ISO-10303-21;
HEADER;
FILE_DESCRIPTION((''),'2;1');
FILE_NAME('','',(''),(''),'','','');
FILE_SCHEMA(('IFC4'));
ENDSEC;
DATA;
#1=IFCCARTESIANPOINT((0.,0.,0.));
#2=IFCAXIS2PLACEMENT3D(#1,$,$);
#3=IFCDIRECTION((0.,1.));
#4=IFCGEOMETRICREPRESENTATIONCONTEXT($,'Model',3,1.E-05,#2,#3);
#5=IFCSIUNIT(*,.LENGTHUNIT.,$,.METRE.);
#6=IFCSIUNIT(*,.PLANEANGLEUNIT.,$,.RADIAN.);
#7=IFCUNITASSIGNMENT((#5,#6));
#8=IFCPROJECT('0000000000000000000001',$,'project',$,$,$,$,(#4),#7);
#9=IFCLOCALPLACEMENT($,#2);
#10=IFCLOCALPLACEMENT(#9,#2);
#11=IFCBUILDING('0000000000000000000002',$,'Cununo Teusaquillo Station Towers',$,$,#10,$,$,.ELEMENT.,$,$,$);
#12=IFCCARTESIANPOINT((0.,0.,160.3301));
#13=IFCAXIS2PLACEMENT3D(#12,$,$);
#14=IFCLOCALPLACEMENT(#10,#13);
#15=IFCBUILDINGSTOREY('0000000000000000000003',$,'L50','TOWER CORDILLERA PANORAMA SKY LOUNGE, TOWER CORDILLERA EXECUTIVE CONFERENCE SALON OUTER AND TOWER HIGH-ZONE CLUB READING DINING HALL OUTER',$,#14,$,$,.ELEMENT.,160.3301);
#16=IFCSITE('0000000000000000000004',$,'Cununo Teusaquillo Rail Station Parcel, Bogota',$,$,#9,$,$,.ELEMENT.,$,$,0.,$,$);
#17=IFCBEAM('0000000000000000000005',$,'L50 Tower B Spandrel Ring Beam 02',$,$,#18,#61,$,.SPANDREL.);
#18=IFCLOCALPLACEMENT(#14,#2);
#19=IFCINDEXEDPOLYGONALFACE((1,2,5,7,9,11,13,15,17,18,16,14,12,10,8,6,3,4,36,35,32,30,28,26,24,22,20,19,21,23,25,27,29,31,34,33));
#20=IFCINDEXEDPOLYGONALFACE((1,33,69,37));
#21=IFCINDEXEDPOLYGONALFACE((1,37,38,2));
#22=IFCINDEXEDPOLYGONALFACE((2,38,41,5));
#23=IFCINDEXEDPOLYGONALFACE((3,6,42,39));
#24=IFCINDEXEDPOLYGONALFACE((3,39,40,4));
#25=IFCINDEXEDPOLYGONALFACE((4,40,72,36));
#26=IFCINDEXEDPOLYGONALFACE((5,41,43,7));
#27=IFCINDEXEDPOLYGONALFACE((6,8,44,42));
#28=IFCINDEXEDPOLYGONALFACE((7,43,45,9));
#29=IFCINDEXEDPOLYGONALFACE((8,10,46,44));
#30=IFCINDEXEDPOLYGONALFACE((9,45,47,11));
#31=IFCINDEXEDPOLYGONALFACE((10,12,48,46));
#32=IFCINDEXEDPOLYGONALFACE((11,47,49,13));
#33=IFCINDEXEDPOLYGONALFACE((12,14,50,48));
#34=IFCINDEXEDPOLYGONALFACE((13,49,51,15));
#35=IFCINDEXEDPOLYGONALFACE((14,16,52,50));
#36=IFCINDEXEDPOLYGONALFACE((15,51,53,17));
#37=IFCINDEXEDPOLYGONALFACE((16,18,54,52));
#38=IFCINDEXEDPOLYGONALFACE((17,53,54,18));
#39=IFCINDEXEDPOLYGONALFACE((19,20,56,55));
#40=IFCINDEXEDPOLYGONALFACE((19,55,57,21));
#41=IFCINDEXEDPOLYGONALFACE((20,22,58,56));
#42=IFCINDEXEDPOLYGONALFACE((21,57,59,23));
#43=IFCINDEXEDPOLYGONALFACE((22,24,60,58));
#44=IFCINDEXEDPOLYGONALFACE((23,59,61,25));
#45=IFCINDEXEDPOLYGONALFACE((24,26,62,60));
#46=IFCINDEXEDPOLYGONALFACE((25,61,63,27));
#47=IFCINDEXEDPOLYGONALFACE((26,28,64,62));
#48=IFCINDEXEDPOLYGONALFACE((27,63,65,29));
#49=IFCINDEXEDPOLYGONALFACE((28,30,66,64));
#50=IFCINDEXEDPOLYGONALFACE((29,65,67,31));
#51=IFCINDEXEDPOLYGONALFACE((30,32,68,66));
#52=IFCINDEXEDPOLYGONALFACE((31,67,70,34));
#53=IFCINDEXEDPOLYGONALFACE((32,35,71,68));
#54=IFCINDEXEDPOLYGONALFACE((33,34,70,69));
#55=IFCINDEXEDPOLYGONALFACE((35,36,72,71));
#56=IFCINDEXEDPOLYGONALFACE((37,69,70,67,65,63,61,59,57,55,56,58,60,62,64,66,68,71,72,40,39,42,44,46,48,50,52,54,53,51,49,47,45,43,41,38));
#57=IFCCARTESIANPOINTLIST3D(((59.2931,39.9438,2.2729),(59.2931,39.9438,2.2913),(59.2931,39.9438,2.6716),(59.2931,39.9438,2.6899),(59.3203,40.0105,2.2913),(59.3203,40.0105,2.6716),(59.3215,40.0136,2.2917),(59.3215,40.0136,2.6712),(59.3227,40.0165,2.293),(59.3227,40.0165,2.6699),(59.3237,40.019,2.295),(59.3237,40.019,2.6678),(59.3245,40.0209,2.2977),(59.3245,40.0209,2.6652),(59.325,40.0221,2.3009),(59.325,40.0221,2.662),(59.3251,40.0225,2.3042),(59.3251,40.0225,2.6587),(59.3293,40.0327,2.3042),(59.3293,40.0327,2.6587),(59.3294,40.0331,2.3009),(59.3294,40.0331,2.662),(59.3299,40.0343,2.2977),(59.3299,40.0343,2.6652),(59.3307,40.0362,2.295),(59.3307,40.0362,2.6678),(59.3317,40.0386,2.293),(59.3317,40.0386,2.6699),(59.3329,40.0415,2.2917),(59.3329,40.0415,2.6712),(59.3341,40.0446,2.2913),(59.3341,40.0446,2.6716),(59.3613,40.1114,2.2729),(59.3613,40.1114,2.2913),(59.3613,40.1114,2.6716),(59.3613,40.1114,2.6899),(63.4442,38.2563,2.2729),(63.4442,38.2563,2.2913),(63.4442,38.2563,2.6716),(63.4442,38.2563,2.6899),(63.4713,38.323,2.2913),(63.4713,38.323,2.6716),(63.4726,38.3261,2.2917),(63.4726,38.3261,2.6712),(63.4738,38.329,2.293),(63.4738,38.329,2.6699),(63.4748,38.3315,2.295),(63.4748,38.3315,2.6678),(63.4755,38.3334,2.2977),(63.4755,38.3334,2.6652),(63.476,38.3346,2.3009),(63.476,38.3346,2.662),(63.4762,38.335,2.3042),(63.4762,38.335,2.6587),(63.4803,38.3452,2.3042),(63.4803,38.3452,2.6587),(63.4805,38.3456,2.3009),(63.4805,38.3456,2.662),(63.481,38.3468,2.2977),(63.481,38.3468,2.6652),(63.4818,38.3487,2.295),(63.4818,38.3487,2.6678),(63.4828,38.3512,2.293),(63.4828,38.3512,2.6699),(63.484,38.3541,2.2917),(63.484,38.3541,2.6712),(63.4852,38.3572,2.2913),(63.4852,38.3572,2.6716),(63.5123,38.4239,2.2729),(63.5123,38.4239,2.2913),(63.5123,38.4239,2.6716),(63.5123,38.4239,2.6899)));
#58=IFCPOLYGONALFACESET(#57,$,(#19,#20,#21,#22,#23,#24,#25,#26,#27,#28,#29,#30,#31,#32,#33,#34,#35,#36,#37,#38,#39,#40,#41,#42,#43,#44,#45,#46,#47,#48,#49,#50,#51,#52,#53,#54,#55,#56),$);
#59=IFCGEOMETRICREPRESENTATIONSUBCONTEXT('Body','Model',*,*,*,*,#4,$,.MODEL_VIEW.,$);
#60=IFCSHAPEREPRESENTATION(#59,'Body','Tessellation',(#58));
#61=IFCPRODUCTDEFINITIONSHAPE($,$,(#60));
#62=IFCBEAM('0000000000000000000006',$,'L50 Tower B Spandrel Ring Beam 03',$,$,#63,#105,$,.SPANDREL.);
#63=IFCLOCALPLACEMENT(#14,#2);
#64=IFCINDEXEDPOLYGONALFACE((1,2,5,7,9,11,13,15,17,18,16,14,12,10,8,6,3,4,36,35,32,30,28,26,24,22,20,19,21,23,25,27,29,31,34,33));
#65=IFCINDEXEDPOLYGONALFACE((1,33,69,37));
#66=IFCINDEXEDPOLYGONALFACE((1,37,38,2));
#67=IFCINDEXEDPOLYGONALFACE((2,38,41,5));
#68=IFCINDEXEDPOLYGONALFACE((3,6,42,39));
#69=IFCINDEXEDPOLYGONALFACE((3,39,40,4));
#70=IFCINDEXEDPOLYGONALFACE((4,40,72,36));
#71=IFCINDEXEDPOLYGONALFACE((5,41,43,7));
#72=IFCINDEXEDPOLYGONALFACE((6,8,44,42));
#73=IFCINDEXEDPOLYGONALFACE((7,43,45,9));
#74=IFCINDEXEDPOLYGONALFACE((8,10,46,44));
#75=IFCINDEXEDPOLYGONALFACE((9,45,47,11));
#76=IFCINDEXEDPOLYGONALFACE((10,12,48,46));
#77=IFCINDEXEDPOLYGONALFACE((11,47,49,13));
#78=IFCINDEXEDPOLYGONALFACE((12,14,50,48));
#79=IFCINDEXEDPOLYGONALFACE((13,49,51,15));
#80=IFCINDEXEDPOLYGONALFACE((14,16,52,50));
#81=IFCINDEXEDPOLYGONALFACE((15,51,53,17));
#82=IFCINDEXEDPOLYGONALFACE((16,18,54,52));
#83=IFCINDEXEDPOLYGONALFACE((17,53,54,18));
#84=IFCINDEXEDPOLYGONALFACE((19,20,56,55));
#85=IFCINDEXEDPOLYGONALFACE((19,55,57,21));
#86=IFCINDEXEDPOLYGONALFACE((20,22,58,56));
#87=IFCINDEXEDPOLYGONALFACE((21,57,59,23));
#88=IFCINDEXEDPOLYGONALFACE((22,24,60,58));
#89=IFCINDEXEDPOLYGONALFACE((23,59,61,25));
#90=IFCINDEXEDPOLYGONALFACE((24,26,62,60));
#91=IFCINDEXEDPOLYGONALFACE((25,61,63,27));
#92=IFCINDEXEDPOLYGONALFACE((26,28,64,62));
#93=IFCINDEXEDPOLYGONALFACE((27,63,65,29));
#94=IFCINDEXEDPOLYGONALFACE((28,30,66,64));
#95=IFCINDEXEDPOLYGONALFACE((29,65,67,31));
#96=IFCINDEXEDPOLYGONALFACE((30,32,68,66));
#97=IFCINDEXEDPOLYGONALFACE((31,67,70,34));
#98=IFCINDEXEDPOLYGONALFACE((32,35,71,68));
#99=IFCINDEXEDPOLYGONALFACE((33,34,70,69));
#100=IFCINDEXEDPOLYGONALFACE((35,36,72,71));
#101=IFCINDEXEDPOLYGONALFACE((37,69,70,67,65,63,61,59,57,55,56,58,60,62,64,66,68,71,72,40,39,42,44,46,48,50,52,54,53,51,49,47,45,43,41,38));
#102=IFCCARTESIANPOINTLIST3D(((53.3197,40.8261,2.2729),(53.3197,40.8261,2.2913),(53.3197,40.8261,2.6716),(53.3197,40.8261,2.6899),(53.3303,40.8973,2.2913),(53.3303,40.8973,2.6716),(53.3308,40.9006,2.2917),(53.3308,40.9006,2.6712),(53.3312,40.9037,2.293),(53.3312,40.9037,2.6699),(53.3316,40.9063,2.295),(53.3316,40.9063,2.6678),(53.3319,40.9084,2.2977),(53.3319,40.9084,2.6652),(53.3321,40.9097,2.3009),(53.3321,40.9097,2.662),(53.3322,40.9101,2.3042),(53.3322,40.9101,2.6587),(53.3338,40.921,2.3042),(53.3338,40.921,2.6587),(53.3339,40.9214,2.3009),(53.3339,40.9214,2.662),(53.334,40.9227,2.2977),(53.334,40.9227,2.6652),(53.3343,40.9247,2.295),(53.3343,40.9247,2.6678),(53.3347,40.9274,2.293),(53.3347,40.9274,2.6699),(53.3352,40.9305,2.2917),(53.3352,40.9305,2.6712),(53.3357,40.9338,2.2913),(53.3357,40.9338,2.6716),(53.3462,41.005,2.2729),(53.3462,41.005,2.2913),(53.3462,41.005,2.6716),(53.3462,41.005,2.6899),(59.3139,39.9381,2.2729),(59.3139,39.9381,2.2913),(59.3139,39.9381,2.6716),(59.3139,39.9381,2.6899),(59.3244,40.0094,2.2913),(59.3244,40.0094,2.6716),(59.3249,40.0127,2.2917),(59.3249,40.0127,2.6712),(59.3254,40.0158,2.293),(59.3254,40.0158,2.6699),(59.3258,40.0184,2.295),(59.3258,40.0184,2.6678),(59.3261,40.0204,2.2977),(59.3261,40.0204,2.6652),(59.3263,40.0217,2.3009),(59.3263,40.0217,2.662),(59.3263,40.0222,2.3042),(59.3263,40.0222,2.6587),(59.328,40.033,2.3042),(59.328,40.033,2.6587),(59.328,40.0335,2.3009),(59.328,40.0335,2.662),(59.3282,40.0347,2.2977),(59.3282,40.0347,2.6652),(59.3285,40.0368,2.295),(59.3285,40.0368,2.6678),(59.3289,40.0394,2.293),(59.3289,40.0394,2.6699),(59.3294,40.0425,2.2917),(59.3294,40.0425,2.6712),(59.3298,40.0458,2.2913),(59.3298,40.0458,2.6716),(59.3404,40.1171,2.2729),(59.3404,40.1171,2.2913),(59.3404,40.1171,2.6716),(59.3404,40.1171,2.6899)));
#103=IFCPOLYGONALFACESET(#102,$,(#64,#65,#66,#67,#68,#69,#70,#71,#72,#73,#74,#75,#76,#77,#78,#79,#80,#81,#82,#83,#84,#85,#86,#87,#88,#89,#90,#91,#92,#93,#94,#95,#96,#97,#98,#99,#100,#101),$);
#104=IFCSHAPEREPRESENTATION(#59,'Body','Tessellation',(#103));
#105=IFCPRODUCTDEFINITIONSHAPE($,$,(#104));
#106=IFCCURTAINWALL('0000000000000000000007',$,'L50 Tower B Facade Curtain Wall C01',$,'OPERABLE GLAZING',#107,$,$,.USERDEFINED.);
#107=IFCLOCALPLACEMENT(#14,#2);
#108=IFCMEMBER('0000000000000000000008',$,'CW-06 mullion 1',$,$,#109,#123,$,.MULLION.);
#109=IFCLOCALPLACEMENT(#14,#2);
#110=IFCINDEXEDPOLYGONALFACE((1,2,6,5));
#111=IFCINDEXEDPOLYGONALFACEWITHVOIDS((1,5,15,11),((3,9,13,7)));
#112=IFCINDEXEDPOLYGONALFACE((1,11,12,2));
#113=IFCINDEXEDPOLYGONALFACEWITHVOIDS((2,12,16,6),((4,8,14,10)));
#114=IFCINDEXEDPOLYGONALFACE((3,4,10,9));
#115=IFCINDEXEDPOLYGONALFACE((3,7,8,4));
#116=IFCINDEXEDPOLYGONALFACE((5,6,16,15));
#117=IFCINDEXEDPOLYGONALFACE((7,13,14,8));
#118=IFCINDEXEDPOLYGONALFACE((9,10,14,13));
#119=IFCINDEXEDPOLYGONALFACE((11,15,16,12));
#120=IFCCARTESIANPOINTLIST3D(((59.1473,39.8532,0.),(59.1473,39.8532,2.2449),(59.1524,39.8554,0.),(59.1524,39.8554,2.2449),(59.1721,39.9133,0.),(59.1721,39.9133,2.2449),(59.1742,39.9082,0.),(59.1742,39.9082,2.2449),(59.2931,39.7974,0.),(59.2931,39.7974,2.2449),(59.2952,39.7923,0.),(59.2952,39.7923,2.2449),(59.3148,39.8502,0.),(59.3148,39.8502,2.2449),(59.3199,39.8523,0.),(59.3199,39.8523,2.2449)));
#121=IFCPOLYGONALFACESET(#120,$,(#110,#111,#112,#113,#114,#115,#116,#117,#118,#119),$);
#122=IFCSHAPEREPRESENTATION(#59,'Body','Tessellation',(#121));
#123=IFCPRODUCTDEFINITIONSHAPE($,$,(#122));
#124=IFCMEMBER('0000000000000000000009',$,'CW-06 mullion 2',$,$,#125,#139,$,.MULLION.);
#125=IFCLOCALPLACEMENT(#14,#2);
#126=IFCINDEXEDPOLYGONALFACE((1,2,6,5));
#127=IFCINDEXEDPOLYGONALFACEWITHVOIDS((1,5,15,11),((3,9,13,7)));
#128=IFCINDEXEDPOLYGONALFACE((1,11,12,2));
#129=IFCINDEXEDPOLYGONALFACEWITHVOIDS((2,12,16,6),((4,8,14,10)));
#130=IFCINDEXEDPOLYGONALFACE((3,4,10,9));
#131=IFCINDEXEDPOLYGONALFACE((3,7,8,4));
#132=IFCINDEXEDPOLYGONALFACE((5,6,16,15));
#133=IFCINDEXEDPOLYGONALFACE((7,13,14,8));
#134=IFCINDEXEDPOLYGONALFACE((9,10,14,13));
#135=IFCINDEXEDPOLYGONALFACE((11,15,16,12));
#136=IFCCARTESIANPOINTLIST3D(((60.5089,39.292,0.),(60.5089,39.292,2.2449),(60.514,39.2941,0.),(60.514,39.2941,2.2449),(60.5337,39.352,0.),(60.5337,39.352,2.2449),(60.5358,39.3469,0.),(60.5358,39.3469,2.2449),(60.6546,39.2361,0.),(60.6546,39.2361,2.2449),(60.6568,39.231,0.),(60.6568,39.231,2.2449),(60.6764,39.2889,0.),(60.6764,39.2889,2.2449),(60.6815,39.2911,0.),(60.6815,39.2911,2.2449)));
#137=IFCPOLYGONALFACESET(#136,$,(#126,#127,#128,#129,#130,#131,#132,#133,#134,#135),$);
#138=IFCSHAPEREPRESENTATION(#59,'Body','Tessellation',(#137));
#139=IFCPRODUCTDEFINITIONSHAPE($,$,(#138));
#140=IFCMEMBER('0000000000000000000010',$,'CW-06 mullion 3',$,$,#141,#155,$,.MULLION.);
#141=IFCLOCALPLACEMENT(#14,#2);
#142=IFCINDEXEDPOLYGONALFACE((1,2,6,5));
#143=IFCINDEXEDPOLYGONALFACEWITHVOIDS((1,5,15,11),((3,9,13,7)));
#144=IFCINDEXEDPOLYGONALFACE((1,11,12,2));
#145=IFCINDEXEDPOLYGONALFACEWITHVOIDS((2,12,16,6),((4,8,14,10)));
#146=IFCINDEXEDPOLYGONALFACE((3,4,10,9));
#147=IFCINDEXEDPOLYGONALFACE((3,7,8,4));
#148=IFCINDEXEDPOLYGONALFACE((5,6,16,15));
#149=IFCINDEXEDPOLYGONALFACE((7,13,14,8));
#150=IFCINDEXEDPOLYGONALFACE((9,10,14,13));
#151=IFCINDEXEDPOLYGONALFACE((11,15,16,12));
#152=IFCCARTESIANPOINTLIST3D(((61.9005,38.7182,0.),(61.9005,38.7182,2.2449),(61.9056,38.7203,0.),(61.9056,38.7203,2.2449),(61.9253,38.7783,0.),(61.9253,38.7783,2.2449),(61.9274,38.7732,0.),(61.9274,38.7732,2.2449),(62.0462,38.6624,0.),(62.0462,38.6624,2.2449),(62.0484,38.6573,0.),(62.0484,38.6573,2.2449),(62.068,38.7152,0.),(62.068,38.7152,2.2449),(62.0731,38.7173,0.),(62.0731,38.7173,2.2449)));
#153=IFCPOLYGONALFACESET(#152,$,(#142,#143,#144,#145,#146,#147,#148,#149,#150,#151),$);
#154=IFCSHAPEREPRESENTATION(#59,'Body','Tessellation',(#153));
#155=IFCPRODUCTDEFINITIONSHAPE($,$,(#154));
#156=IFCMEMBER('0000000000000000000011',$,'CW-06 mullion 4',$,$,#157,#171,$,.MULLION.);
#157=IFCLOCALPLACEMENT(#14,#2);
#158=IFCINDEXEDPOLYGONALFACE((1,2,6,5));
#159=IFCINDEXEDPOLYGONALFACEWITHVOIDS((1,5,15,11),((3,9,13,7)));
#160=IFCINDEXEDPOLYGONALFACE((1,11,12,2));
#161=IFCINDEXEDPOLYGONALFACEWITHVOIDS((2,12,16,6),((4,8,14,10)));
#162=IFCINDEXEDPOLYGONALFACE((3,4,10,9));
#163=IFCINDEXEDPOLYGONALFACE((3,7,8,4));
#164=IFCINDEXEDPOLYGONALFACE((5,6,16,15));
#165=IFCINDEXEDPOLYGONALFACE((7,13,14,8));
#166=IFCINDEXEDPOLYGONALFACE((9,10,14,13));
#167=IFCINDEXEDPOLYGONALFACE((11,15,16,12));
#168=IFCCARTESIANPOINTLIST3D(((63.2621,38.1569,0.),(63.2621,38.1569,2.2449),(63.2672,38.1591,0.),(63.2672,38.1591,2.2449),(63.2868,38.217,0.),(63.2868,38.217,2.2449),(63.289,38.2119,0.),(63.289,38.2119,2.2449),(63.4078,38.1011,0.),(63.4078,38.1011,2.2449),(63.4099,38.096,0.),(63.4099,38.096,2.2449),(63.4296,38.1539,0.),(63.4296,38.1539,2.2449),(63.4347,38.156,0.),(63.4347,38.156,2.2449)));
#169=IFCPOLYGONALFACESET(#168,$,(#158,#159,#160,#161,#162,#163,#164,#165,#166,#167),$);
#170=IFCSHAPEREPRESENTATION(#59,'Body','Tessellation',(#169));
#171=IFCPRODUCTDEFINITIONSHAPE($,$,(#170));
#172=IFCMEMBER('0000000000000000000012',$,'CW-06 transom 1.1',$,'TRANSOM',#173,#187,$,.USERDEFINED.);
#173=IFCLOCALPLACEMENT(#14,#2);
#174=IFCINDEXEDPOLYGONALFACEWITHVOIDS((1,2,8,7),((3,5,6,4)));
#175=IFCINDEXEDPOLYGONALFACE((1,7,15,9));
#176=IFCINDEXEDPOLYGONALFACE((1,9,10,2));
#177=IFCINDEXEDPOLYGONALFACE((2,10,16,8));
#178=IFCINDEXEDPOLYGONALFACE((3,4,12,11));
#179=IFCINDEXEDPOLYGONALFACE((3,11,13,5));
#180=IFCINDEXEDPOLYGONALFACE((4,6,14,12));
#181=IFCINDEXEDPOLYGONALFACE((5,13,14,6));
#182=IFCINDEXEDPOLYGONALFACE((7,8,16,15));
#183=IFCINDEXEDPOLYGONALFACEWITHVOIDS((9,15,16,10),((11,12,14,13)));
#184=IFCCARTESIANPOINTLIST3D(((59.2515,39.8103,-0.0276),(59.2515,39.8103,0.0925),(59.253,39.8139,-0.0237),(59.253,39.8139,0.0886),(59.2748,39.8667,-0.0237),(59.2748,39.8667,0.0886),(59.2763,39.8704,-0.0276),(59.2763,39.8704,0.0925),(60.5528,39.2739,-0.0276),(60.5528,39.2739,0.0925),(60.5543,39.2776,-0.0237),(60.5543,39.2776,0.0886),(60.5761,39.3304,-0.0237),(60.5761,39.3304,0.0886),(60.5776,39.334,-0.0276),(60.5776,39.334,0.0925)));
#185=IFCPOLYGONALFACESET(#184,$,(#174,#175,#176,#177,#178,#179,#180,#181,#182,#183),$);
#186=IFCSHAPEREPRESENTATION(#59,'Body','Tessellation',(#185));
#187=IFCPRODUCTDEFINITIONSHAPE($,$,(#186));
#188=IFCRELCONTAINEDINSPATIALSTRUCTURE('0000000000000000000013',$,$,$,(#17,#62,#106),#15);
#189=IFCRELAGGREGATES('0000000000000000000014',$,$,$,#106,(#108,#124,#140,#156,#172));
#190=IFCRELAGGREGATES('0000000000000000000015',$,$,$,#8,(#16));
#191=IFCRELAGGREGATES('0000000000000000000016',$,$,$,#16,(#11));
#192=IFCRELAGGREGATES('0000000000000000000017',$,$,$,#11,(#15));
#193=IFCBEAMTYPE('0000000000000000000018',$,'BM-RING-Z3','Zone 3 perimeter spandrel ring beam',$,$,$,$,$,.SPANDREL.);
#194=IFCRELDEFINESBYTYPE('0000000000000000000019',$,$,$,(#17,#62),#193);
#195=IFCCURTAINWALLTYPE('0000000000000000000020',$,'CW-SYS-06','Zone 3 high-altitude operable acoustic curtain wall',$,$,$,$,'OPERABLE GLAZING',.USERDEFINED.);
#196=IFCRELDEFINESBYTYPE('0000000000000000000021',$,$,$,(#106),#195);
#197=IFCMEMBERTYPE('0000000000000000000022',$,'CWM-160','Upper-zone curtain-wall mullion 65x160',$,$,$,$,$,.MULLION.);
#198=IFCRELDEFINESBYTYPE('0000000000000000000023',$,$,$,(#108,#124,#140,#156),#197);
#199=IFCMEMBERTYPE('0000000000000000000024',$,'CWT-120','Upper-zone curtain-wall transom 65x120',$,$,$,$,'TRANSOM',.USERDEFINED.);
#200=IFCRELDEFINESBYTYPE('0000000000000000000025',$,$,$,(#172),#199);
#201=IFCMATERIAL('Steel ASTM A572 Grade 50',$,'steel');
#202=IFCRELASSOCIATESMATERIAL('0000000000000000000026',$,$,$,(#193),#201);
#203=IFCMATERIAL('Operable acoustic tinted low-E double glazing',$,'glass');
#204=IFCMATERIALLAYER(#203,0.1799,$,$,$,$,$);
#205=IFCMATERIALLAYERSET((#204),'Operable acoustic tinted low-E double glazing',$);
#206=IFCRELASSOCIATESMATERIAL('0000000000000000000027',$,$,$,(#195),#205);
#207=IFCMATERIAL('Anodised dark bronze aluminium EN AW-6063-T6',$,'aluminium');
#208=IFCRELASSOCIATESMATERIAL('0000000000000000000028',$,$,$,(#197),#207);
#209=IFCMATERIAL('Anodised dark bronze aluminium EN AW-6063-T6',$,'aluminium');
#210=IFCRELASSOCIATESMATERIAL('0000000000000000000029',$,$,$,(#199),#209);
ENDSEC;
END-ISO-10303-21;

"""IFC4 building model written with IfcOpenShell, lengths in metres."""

from ifc_helpers import new_model, si_unit, direction, frame, origin, origin_2d, place, context, subcontext, project, spatial, hollow_rectangle, i_section, extrude, material, layer, layer_set, material_profile, profile_set, type_object, element, aggregate, save


model = new_model("IFC4")

# Units and contexts
model_context = context("Model", 3, precision=1e-05, world=origin(), true_north=direction((0.0, 1.0)))
body_context = subcontext(model_context, "Body", "Model", "MODEL_VIEW")
ifc_project = project(units=[si_unit("LENGTHUNIT", "METRE"), si_unit("PLANEANGLEUNIT", "RADIAN")], contexts=[model_context])

# Site, building, storey
site_placement = place(None, origin())
site = spatial("IfcSite", under=ifc_project, at=site_placement, Name="Cununo Teusaquillo Rail Station Parcel, Bogota", CompositionType="ELEMENT", RefElevation=0.0)
building_placement = place(site_placement, origin())
building = spatial("IfcBuilding", under=site, at=building_placement, Name="Cununo Teusaquillo Station Towers", CompositionType="ELEMENT")
storey_placement = place(building_placement, frame((0.0, 0.0, 160.3301)))
storey = spatial("IfcBuildingStorey", under=building, at=storey_placement, Name="L50", Description="TOWER CORDILLERA PANORAMA SKY LOUNGE, TOWER CORDILLERA EXECUTIVE CONFERENCE SALON OUTER AND TOWER HIGH-ZONE CLUB READING DINING HALL OUTER", CompositionType="ELEMENT", Elevation=160.3301)

# Beams
ifc_material_1 = material(Name="Steel ASTM A572 Grade 50", Category="steel")
ifc_material_profile_1 = material_profile(ifc_material_1, i_section(OverallWidth=0.1809, OverallDepth=0.417, WebThickness=0.011, FlangeThickness=0.0183, FilletRadius=0.0129, at=origin_2d()), Name="W16X57")
ifc_profile_set_1 = profile_set([ifc_material_profile_1], Name="Steel ASTM A572 Grade 50")
beam_type_1 = type_object("IfcBeamType", Name="BM-RING-Z3", Description="Zone 3 perimeter spandrel ring beam", PredefinedType="SPANDREL", material=ifc_profile_set_1)
beam_1_placement = place(storey_placement, frame((63.4783, 38.3401, 2.4814), z_axis=(-0.92638, 0.376589, 0.0), x_axis=(-0.376589, -0.92638, 0.0)))
element("IfcBeam", 1, at=beam_1_placement, inside=storey, type_object=beam_type_1, Name="L50 Tower B Spandrel Ring Beam 02", PredefinedType="SPANDREL", context=body_context, shape_type="SweptSolid", body=[
    extrude(i_section(OverallWidth=0.1809, OverallDepth=0.417, WebThickness=0.011, FlangeThickness=0.0183, FilletRadius=0.0129, at=origin_2d()), origin(), (0.0, 0.0, 1.0), 4.481),
])
beam_2_placement = place(storey_placement, frame((59.3271, 40.0276, 2.4814), z_axis=(-0.989205, 0.146536, 0.0), x_axis=(-0.146536, -0.989205, 0.0)))
element("IfcBeam", 2, at=beam_2_placement, inside=storey, type_object=beam_type_1, Name="L50 Tower B Spandrel Ring Beam 03", PredefinedType="SPANDREL", context=body_context, shape_type="SweptSolid", body=[
    extrude(i_section(OverallWidth=0.1809, OverallDepth=0.417, WebThickness=0.011, FlangeThickness=0.0183, FilletRadius=0.0129, at=origin_2d()), origin(), (0.0, 0.0, 1.0), 6.0596),
])

# Curtain wall, members
ifc_material_2 = material(Name="Operable acoustic tinted low-E double glazing", Category="glass")
ifc_layer_1 = layer(ifc_material_2, 0.1799)
ifc_layer_set_1 = layer_set([ifc_layer_1], Name="Operable acoustic tinted low-E double glazing")
curtain_wall_type = type_object("IfcCurtainWallType", Name="CW-SYS-06", Description="Zone 3 high-altitude operable acoustic curtain wall", ElementType="OPERABLE GLAZING", PredefinedType="USERDEFINED", material=ifc_layer_set_1)
curtain_wall_placement = place(storey_placement, origin())
curtain_wall = element("IfcCurtainWall", 3, at=curtain_wall_placement, inside=storey, type_object=curtain_wall_type, Name="L50 Tower B Facade Curtain Wall C01", ObjectType="OPERABLE GLAZING", PredefinedType="USERDEFINED")
ifc_material_3 = material(Name="Anodised dark bronze aluminium EN AW-6063-T6", Category="aluminium")
ifc_material_profile_2 = material_profile(ifc_material_3, hollow_rectangle(XDim=0.0649, YDim=0.1599, WallThickness=0.0039, at=origin_2d()), Name="CW-MULL-65x160")
ifc_profile_set_2 = profile_set([ifc_material_profile_2], Name="Anodised dark bronze aluminium EN AW-6063-T6")
member_type_1 = type_object("IfcMemberType", Name="CWM-160", Description="Upper-zone curtain-wall mullion 65x160", PredefinedType="MULLION", material=ifc_profile_set_2)
member_1_placement = place(storey_placement, frame((59.2336, 39.8528, 0.0), z_axis=(0.0, 0.0, 1.0), x_axis=(0.381122, 0.924525, 0.0)))
member_1 = element("IfcMember", 4, at=member_1_placement, type_object=member_type_1, Name="CW-06 mullion 1", PredefinedType="MULLION", context=body_context, shape_type="SweptSolid", body=[
    extrude(hollow_rectangle(XDim=0.0649, YDim=0.1599, WallThickness=0.0039, at=origin_2d()), origin(), (0.0, 0.0, 1.0), 2.2449),
])
member_2_placement = place(storey_placement, frame((60.5952, 39.2915, 0.0), z_axis=(0.0, 0.0, 1.0), x_axis=(0.381122, 0.924525, 0.0)))
member_2 = element("IfcMember", 5, at=member_2_placement, type_object=member_type_1, Name="CW-06 mullion 2", PredefinedType="MULLION", context=body_context, shape_type="SweptSolid", body=[
    extrude(hollow_rectangle(XDim=0.0649, YDim=0.1599, WallThickness=0.0039, at=origin_2d()), origin(), (0.0, 0.0, 1.0), 2.2449),
])
member_3_placement = place(storey_placement, frame((61.9868, 38.7178, 0.0), z_axis=(0.0, 0.0, 1.0), x_axis=(0.381122, 0.924525, 0.0)))
member_3 = element("IfcMember", 6, at=member_3_placement, type_object=member_type_1, Name="CW-06 mullion 3", PredefinedType="MULLION", context=body_context, shape_type="SweptSolid", body=[
    extrude(hollow_rectangle(XDim=0.0649, YDim=0.1599, WallThickness=0.0039, at=origin_2d()), origin(), (0.0, 0.0, 1.0), 2.2449),
])
member_4_placement = place(storey_placement, frame((63.3484, 38.1565, 0.0), z_axis=(0.0, 0.0, 1.0), x_axis=(0.381122, 0.924525, 0.0)))
member_4 = element("IfcMember", 7, at=member_4_placement, type_object=member_type_1, Name="CW-06 mullion 4", PredefinedType="MULLION", context=body_context, shape_type="SweptSolid", body=[
    extrude(hollow_rectangle(XDim=0.0649, YDim=0.1599, WallThickness=0.0039, at=origin_2d()), origin(), (0.0, 0.0, 1.0), 2.2449),
])
ifc_material_4 = material(Name="Anodised dark bronze aluminium EN AW-6063-T6", Category="aluminium")
ifc_material_profile_3 = material_profile(ifc_material_4, hollow_rectangle(XDim=0.0649, YDim=0.1201, WallThickness=0.0039, at=origin_2d()), Name="CW-TRAN-65x120")
ifc_profile_set_3 = profile_set([ifc_material_profile_3], Name="Anodised dark bronze aluminium EN AW-6063-T6")
member_type_2 = type_object("IfcMemberType", Name="CWT-120", Description="Upper-zone curtain-wall transom 65x120", ElementType="TRANSOM", PredefinedType="USERDEFINED", material=ifc_profile_set_3)
member_5_placement = place(storey_placement, frame((59.2639, 39.8403, 0.0325), z_axis=(0.924538, -0.38109, 0.0), x_axis=(0.38109, 0.924538, 0.0)))
member_5 = element("IfcMember", 8, at=member_5_placement, type_object=member_type_2, Name="CW-06 transom 1.1", ObjectType="TRANSOM", PredefinedType="USERDEFINED", context=body_context, shape_type="SweptSolid", body=[
    extrude(hollow_rectangle(XDim=0.0649, YDim=0.1201, WallThickness=0.0039, at=origin_2d()), origin(), (0.0, 0.0, 1.0), 1.4075),
])

aggregate(curtain_wall, [member_1, member_2, member_3, member_4, member_5])

save(model, "model.ifc")
